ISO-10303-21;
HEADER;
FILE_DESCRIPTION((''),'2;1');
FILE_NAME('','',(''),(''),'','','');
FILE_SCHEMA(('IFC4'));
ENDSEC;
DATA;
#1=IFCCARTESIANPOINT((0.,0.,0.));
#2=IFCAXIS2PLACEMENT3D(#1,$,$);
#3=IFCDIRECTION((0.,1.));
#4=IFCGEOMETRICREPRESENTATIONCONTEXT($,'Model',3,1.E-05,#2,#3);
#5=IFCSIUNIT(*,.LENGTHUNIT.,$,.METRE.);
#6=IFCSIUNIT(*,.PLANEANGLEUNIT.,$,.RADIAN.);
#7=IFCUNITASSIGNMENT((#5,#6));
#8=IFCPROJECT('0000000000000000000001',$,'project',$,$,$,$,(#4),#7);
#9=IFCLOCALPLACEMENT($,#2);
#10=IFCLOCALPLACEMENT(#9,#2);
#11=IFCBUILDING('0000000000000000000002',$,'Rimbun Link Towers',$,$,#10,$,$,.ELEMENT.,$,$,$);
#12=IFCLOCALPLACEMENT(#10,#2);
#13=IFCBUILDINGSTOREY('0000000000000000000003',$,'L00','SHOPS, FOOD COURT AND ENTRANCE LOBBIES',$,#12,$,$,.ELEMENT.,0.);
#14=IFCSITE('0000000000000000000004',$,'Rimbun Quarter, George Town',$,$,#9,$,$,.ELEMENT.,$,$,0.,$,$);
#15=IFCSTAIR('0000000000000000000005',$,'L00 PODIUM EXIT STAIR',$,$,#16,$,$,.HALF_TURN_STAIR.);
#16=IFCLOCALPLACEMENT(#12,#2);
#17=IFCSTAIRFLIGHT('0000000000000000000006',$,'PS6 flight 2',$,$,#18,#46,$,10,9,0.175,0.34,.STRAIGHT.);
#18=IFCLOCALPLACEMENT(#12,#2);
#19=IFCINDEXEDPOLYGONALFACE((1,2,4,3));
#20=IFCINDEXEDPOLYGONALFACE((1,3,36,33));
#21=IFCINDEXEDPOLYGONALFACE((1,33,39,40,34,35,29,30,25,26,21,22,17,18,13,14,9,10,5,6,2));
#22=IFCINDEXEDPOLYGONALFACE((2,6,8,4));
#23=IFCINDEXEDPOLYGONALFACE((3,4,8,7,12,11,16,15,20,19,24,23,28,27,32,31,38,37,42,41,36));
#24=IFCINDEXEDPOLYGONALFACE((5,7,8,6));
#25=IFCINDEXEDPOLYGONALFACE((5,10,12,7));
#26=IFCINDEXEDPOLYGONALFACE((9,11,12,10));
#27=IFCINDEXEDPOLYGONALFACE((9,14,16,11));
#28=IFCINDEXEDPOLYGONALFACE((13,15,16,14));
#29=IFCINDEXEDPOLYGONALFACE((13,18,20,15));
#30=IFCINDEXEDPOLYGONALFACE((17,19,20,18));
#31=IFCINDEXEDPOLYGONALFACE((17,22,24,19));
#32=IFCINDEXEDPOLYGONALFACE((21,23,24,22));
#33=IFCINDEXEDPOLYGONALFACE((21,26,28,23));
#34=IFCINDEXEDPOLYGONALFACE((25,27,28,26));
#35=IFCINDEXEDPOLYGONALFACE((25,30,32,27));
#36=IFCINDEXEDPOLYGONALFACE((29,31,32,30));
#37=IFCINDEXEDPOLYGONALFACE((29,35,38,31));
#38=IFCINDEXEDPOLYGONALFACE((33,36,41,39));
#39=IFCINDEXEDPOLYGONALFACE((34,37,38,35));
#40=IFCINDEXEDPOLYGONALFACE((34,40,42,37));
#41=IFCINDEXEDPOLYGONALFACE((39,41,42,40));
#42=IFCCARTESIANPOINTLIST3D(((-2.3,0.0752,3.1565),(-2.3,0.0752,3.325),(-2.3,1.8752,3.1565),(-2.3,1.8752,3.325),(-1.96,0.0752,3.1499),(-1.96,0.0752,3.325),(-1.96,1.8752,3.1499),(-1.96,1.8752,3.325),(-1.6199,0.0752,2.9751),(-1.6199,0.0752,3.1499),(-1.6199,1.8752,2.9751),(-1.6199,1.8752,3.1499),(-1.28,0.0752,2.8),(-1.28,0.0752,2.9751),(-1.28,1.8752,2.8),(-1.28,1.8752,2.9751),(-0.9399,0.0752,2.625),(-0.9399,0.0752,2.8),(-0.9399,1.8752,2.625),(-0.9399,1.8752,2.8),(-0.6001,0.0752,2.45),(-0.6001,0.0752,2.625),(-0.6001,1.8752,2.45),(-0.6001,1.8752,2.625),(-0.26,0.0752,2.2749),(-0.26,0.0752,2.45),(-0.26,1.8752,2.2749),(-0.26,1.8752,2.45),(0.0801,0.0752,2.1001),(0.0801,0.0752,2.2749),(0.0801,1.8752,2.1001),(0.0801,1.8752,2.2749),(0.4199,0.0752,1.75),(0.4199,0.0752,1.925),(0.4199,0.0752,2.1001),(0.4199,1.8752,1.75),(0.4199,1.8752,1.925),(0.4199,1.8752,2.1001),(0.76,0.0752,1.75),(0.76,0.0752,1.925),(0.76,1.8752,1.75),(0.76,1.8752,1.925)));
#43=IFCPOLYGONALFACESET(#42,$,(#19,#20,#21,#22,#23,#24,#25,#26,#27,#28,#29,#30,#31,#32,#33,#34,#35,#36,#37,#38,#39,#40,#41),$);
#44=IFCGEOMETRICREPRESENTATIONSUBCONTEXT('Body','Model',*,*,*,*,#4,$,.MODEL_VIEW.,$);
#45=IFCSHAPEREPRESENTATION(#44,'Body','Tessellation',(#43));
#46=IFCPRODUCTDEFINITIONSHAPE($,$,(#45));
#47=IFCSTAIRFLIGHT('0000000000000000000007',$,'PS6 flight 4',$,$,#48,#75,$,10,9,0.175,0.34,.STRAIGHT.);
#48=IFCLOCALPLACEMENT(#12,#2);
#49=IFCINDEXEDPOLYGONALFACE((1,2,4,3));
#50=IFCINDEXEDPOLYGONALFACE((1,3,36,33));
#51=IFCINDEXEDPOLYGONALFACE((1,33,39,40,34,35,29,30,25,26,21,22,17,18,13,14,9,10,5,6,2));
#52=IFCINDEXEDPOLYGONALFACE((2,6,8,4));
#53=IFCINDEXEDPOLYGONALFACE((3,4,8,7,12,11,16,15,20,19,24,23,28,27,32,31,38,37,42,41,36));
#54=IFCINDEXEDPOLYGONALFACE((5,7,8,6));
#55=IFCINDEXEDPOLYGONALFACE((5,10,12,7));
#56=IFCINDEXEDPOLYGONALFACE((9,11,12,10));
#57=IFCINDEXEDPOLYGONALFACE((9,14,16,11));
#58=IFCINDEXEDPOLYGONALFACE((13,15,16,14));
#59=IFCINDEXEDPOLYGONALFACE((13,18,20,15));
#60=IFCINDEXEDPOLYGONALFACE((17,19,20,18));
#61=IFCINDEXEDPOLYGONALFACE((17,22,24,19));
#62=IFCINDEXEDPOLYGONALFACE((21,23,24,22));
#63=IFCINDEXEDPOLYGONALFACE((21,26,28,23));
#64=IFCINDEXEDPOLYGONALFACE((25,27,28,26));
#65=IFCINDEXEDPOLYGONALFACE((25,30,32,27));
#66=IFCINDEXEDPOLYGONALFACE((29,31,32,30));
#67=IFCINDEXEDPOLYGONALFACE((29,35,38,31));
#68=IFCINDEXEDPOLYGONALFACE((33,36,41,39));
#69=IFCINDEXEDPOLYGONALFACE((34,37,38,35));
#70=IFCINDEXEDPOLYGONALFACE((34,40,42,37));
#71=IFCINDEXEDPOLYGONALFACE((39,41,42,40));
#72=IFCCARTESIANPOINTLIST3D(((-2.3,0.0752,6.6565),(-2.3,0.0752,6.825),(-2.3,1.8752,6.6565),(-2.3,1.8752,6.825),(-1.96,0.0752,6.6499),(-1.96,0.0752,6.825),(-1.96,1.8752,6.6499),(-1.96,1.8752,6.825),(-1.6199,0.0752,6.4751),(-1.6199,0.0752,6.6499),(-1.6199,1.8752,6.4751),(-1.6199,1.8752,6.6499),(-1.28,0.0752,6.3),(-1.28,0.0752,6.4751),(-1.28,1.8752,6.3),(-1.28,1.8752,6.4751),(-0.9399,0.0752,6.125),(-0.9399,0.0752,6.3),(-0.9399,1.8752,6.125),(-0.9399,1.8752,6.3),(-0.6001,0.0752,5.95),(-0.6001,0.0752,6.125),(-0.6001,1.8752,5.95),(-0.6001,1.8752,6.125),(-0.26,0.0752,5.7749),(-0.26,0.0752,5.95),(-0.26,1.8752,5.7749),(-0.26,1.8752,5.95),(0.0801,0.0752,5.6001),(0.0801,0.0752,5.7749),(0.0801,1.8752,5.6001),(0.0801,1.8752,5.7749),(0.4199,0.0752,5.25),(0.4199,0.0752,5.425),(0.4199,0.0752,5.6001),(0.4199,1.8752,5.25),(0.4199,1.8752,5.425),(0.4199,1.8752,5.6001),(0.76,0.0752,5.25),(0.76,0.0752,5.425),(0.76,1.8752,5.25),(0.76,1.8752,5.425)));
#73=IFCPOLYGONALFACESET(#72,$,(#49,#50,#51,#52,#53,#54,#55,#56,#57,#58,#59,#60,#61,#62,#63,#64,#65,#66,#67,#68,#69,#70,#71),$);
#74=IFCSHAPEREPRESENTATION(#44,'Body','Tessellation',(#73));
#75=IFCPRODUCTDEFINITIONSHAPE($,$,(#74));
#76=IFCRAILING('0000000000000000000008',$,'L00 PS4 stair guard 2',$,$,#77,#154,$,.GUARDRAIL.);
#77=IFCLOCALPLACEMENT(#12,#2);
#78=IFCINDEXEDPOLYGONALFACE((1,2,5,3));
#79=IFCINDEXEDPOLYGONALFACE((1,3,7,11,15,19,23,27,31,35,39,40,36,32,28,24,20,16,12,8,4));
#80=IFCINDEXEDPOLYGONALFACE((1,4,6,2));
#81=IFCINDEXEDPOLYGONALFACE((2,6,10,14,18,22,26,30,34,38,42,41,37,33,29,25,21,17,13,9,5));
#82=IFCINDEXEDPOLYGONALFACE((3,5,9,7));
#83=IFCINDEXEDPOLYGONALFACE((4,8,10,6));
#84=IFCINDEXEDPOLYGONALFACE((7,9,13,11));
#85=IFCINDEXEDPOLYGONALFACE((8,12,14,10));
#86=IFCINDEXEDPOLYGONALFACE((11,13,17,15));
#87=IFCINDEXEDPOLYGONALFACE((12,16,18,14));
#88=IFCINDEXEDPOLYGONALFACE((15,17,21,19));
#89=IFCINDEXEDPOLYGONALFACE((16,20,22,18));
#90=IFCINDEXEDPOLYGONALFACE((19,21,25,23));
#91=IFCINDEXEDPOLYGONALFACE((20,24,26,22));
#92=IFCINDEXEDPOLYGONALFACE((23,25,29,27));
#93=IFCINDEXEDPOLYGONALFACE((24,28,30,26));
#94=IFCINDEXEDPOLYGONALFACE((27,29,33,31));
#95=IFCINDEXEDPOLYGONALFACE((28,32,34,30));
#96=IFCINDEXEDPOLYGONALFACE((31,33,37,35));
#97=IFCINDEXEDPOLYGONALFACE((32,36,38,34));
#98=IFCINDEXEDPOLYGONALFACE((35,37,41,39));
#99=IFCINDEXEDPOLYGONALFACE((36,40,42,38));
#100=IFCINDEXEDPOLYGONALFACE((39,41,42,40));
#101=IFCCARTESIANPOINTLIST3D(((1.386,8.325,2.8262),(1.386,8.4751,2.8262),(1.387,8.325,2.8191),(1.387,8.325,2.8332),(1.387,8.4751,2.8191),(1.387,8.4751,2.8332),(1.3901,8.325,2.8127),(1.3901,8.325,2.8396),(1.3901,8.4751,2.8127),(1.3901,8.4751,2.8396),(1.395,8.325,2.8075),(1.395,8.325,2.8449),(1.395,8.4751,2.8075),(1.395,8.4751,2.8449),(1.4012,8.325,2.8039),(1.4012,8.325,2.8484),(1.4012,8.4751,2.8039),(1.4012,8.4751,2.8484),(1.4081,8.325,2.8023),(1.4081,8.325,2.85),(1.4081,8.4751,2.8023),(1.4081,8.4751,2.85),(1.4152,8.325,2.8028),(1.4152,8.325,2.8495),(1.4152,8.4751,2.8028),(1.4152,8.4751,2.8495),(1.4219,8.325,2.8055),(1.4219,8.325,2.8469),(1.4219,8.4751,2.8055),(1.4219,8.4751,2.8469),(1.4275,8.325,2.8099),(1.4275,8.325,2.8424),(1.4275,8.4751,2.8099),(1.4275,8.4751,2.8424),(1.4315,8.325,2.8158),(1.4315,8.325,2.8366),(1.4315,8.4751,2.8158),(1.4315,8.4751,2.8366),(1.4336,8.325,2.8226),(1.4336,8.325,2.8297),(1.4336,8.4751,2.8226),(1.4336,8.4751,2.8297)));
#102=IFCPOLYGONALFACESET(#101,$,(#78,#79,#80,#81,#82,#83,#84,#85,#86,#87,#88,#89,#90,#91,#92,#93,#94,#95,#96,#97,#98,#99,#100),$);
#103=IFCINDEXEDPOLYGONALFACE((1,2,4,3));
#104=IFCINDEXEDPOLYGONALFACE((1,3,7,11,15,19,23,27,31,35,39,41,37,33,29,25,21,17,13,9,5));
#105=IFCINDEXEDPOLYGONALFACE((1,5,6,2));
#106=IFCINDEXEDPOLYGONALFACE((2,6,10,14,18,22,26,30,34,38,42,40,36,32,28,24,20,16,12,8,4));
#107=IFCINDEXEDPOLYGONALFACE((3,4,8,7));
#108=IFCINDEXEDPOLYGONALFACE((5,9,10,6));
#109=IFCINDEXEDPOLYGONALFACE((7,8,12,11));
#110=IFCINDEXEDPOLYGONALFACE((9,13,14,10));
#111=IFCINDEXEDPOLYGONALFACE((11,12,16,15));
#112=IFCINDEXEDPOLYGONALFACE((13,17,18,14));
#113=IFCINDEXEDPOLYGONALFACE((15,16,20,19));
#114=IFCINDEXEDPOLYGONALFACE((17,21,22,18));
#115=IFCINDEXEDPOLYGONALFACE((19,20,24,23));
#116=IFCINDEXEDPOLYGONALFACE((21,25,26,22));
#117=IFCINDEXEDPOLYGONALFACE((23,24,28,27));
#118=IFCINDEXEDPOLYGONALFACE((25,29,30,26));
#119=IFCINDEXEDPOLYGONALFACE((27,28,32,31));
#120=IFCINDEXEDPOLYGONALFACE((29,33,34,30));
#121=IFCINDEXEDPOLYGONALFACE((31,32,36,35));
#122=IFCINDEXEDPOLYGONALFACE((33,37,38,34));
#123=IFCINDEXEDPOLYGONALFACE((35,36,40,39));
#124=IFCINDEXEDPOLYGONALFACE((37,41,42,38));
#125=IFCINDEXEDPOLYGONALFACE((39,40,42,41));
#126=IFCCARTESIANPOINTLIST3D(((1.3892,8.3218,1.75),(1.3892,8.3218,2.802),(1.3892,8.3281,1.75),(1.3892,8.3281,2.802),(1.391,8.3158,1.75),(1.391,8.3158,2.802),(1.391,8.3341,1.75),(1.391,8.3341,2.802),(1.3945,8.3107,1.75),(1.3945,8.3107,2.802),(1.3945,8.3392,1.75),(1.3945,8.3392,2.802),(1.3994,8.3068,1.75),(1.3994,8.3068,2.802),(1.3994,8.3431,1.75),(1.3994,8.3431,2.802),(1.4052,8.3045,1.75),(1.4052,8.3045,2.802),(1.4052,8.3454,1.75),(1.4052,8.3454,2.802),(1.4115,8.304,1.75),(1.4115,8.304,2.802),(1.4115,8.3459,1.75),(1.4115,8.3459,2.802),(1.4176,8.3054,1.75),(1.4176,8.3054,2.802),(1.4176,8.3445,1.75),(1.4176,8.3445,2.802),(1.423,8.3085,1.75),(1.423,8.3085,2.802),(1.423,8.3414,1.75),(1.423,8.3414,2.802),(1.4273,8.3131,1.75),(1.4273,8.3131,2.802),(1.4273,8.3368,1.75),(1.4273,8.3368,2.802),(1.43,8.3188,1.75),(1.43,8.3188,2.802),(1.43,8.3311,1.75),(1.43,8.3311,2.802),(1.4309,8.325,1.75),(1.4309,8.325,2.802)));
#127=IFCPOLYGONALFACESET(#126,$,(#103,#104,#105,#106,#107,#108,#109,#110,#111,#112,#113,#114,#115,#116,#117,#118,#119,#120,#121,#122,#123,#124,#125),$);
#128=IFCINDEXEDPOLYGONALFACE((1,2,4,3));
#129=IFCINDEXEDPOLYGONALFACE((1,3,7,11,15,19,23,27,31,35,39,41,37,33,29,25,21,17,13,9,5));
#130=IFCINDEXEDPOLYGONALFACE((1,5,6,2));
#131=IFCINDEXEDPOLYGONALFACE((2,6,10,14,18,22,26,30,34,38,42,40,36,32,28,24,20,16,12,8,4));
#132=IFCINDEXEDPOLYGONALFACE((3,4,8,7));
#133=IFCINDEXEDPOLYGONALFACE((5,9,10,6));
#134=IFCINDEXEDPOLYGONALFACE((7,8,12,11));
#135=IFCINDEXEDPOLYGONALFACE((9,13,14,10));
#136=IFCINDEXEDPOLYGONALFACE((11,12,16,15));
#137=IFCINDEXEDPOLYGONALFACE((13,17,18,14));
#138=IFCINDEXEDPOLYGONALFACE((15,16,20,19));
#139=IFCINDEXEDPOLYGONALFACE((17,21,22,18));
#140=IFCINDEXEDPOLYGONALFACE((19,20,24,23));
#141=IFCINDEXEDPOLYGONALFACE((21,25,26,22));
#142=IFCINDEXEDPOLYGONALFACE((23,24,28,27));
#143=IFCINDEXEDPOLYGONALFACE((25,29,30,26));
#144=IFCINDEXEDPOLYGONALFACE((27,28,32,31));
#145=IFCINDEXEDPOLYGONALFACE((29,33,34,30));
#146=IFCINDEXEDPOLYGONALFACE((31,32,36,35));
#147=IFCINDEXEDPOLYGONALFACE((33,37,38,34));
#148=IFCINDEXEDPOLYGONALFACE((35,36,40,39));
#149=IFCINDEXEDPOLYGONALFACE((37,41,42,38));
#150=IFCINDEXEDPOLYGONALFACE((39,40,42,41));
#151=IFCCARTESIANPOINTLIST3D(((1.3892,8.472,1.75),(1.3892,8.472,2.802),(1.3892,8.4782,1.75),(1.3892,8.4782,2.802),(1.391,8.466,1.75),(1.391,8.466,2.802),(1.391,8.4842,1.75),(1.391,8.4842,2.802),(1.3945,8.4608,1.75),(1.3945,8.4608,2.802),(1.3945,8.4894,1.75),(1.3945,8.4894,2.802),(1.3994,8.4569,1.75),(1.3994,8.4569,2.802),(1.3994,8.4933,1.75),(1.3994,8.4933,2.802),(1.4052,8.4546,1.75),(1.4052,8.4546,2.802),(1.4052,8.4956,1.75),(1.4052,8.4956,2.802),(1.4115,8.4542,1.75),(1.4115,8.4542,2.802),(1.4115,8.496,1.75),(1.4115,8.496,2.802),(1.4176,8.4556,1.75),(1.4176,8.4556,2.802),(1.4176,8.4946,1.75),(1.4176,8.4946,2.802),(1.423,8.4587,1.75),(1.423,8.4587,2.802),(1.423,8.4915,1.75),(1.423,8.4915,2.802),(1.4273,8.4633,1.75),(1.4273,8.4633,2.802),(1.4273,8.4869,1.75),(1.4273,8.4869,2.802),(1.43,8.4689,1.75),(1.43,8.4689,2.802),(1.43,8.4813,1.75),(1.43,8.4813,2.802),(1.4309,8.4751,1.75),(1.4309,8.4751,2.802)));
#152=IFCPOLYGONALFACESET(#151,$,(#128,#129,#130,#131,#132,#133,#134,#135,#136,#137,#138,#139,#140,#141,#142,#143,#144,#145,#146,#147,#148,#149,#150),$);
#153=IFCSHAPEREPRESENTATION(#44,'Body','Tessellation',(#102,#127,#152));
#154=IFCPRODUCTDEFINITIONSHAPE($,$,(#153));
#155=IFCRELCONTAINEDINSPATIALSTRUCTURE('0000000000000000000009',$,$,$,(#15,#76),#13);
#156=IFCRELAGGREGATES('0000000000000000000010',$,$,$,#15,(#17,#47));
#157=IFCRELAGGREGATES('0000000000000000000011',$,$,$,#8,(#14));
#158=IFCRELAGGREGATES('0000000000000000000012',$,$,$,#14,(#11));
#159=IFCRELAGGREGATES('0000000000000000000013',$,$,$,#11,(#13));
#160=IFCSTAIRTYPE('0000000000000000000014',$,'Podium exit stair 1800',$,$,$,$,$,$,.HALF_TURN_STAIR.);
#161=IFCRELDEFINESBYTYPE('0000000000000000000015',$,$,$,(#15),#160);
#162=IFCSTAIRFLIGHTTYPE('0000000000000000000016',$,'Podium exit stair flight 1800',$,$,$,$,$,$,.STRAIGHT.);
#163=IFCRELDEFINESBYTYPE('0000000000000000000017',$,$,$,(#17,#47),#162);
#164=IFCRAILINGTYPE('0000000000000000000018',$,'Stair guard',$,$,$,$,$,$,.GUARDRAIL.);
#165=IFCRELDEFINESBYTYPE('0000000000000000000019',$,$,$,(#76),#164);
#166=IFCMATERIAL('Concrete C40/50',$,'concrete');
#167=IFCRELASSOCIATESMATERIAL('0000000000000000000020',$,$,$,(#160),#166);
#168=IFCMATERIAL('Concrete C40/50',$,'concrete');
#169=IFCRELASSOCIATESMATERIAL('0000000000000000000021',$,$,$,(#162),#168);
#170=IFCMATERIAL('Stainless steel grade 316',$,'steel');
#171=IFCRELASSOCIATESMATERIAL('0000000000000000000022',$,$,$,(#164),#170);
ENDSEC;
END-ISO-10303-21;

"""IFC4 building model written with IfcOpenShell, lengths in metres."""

from ifc_helpers import new_model, si_unit, direction, frame, origin, origin_2d, place, context, subcontext, project, spatial, polyline, circle, outline, extrude, material, type_object, element, aggregate, save


model = new_model("IFC4")

# Units and contexts
model_context = context("Model", 3, precision=1e-05, world=origin(), true_north=direction((0.0, 1.0)))
body_context = subcontext(model_context, "Body", "Model", "MODEL_VIEW")
ifc_project = project(units=[si_unit("LENGTHUNIT", "METRE"), si_unit("PLANEANGLEUNIT", "RADIAN")], contexts=[model_context])

# Site, building, storey
site_placement = place(None, origin())
site = spatial("IfcSite", under=ifc_project, at=site_placement, Name="Rimbun Quarter, George Town", CompositionType="ELEMENT", RefElevation=0.0)
building_placement = place(site_placement, origin())
building = spatial("IfcBuilding", under=site, at=building_placement, Name="Rimbun Link Towers", CompositionType="ELEMENT")
storey_placement = place(building_placement, origin())
storey = spatial("IfcBuildingStorey", under=building, at=storey_placement, Name="L00", Description="SHOPS, FOOD COURT AND ENTRANCE LOBBIES", CompositionType="ELEMENT", Elevation=0.0)

# Stair
ifc_material_1 = material(Name="Concrete C40/50", Category="concrete")
stair_type = type_object("IfcStairType", Name="Podium exit stair 1800", PredefinedType="HALF_TURN_STAIR", material=ifc_material_1)
stair_1_placement = place(storey_placement, origin())
stair_1 = element("IfcStair", 1, at=stair_1_placement, inside=storey, type_object=stair_type, Name="L00 PODIUM EXIT STAIR", PredefinedType="HALF_TURN_STAIR")

# Stair flights
ifc_material_2 = material(Name="Concrete C40/50", Category="concrete")
stair_flight_type = type_object("IfcStairFlightType", Name="Podium exit stair flight 1800", PredefinedType="STRAIGHT", material=ifc_material_2)
stair_flight_1_placement = place(storey_placement, frame((0.76, 0.9751, 1.75), z_axis=(0.0, 0.0, 1.0), x_axis=(-1.0, 0.0, 0.0)))
stair_flight_1 = element("IfcStairFlight", 2, at=stair_flight_1_placement, type_object=stair_flight_type, Name="PS6 flight 2", NumberOfRisers=10, NumberOfTreads=9, PredefinedType="STRAIGHT", RiserHeight=0.175, TreadLength=0.34, context=body_context, shape_type="SweptSolid", body=[
    extrude(outline(polyline([(0.0, 0.0), (0.0, 0.175), (0.3401, 0.175), (0.3401, 0.3501), (0.6799, 0.3501), (0.6799, 0.5249), (1.02, 0.5249), (1.02, 0.7), (1.3601, 0.7), (1.3601, 0.875), (1.7, 0.875), (1.7, 1.05), (2.04, 1.05), (2.04, 1.2251), (2.3799, 1.2251), (2.3799, 1.3999), (2.72, 1.3999), (2.72, 1.575), (3.0601, 1.575), (3.0601, 1.75), (3.0601, 1.4065), (0.3401, 0.0), (0.0, 0.0)])), frame((0.0, 0.8999, 0.0), z_axis=(0.0, -1.0, 0.0), x_axis=(1.0, 0.0, 0.0)), (0.0, 0.0, 1.0), 1.8),
])
stair_flight_2_placement = place(storey_placement, frame((0.76, 0.9751, 5.25), z_axis=(0.0, 0.0, 1.0), x_axis=(-1.0, 0.0, 0.0)))
stair_flight_2 = element("IfcStairFlight", 3, at=stair_flight_2_placement, type_object=stair_flight_type, Name="PS6 flight 4", NumberOfRisers=10, NumberOfTreads=9, PredefinedType="STRAIGHT", RiserHeight=0.175, TreadLength=0.34, context=body_context, shape_type="SweptSolid", body=[
    extrude(outline(polyline([(0.0, 0.0), (0.0, 0.175), (0.3401, 0.175), (0.3401, 0.3501), (0.6799, 0.3501), (0.6799, 0.5249), (1.02, 0.5249), (1.02, 0.7), (1.3601, 0.7), (1.3601, 0.875), (1.7, 0.875), (1.7, 1.05), (2.04, 1.05), (2.04, 1.2251), (2.3799, 1.2251), (2.3799, 1.3999), (2.72, 1.3999), (2.72, 1.575), (3.0601, 1.575), (3.0601, 1.75), (3.0601, 1.4065), (0.3401, 0.0), (0.0, 0.0)])), frame((0.0, 0.8999, 0.0), z_axis=(0.0, -1.0, 0.0), x_axis=(1.0, 0.0, 0.0)), (0.0, 0.0, 1.0), 1.8),
])
aggregate(stair_1, [stair_flight_1, stair_flight_2])

# Railing
ifc_material_3 = material(Name="Stainless steel grade 316", Category="steel")
railing_type_1 = type_object("IfcRailingType", Name="Stair guard", PredefinedType="GUARDRAIL", material=ifc_material_3)
railing_1_placement = place(storey_placement, frame((1.4099, 8.325, 1.75)))
element("IfcRailing", 4, at=railing_1_placement, inside=storey, type_object=railing_type_1, Name="L00 PS4 stair guard 2", PredefinedType="GUARDRAIL", context=body_context, shape_type="SweptSolid", body=[
    extrude(circle(Radius=0.0239, at=origin_2d()), frame((0.0, 0.0, 1.0762), z_axis=(0.0, 1.0, 0.0), x_axis=(-1.0, 0.0, 0.0)), (0.0, 0.0, 1.0), 0.1501),
    extrude(circle(Radius=0.021, at=origin_2d()), origin(), (0.0, 0.0, 1.0), 1.052),
    extrude(circle(Radius=0.021, at=origin_2d()), frame((0.0, 0.1501, 0.0)), (0.0, 0.0, 1.0), 1.052),
])

save(model, "model.ifc")
